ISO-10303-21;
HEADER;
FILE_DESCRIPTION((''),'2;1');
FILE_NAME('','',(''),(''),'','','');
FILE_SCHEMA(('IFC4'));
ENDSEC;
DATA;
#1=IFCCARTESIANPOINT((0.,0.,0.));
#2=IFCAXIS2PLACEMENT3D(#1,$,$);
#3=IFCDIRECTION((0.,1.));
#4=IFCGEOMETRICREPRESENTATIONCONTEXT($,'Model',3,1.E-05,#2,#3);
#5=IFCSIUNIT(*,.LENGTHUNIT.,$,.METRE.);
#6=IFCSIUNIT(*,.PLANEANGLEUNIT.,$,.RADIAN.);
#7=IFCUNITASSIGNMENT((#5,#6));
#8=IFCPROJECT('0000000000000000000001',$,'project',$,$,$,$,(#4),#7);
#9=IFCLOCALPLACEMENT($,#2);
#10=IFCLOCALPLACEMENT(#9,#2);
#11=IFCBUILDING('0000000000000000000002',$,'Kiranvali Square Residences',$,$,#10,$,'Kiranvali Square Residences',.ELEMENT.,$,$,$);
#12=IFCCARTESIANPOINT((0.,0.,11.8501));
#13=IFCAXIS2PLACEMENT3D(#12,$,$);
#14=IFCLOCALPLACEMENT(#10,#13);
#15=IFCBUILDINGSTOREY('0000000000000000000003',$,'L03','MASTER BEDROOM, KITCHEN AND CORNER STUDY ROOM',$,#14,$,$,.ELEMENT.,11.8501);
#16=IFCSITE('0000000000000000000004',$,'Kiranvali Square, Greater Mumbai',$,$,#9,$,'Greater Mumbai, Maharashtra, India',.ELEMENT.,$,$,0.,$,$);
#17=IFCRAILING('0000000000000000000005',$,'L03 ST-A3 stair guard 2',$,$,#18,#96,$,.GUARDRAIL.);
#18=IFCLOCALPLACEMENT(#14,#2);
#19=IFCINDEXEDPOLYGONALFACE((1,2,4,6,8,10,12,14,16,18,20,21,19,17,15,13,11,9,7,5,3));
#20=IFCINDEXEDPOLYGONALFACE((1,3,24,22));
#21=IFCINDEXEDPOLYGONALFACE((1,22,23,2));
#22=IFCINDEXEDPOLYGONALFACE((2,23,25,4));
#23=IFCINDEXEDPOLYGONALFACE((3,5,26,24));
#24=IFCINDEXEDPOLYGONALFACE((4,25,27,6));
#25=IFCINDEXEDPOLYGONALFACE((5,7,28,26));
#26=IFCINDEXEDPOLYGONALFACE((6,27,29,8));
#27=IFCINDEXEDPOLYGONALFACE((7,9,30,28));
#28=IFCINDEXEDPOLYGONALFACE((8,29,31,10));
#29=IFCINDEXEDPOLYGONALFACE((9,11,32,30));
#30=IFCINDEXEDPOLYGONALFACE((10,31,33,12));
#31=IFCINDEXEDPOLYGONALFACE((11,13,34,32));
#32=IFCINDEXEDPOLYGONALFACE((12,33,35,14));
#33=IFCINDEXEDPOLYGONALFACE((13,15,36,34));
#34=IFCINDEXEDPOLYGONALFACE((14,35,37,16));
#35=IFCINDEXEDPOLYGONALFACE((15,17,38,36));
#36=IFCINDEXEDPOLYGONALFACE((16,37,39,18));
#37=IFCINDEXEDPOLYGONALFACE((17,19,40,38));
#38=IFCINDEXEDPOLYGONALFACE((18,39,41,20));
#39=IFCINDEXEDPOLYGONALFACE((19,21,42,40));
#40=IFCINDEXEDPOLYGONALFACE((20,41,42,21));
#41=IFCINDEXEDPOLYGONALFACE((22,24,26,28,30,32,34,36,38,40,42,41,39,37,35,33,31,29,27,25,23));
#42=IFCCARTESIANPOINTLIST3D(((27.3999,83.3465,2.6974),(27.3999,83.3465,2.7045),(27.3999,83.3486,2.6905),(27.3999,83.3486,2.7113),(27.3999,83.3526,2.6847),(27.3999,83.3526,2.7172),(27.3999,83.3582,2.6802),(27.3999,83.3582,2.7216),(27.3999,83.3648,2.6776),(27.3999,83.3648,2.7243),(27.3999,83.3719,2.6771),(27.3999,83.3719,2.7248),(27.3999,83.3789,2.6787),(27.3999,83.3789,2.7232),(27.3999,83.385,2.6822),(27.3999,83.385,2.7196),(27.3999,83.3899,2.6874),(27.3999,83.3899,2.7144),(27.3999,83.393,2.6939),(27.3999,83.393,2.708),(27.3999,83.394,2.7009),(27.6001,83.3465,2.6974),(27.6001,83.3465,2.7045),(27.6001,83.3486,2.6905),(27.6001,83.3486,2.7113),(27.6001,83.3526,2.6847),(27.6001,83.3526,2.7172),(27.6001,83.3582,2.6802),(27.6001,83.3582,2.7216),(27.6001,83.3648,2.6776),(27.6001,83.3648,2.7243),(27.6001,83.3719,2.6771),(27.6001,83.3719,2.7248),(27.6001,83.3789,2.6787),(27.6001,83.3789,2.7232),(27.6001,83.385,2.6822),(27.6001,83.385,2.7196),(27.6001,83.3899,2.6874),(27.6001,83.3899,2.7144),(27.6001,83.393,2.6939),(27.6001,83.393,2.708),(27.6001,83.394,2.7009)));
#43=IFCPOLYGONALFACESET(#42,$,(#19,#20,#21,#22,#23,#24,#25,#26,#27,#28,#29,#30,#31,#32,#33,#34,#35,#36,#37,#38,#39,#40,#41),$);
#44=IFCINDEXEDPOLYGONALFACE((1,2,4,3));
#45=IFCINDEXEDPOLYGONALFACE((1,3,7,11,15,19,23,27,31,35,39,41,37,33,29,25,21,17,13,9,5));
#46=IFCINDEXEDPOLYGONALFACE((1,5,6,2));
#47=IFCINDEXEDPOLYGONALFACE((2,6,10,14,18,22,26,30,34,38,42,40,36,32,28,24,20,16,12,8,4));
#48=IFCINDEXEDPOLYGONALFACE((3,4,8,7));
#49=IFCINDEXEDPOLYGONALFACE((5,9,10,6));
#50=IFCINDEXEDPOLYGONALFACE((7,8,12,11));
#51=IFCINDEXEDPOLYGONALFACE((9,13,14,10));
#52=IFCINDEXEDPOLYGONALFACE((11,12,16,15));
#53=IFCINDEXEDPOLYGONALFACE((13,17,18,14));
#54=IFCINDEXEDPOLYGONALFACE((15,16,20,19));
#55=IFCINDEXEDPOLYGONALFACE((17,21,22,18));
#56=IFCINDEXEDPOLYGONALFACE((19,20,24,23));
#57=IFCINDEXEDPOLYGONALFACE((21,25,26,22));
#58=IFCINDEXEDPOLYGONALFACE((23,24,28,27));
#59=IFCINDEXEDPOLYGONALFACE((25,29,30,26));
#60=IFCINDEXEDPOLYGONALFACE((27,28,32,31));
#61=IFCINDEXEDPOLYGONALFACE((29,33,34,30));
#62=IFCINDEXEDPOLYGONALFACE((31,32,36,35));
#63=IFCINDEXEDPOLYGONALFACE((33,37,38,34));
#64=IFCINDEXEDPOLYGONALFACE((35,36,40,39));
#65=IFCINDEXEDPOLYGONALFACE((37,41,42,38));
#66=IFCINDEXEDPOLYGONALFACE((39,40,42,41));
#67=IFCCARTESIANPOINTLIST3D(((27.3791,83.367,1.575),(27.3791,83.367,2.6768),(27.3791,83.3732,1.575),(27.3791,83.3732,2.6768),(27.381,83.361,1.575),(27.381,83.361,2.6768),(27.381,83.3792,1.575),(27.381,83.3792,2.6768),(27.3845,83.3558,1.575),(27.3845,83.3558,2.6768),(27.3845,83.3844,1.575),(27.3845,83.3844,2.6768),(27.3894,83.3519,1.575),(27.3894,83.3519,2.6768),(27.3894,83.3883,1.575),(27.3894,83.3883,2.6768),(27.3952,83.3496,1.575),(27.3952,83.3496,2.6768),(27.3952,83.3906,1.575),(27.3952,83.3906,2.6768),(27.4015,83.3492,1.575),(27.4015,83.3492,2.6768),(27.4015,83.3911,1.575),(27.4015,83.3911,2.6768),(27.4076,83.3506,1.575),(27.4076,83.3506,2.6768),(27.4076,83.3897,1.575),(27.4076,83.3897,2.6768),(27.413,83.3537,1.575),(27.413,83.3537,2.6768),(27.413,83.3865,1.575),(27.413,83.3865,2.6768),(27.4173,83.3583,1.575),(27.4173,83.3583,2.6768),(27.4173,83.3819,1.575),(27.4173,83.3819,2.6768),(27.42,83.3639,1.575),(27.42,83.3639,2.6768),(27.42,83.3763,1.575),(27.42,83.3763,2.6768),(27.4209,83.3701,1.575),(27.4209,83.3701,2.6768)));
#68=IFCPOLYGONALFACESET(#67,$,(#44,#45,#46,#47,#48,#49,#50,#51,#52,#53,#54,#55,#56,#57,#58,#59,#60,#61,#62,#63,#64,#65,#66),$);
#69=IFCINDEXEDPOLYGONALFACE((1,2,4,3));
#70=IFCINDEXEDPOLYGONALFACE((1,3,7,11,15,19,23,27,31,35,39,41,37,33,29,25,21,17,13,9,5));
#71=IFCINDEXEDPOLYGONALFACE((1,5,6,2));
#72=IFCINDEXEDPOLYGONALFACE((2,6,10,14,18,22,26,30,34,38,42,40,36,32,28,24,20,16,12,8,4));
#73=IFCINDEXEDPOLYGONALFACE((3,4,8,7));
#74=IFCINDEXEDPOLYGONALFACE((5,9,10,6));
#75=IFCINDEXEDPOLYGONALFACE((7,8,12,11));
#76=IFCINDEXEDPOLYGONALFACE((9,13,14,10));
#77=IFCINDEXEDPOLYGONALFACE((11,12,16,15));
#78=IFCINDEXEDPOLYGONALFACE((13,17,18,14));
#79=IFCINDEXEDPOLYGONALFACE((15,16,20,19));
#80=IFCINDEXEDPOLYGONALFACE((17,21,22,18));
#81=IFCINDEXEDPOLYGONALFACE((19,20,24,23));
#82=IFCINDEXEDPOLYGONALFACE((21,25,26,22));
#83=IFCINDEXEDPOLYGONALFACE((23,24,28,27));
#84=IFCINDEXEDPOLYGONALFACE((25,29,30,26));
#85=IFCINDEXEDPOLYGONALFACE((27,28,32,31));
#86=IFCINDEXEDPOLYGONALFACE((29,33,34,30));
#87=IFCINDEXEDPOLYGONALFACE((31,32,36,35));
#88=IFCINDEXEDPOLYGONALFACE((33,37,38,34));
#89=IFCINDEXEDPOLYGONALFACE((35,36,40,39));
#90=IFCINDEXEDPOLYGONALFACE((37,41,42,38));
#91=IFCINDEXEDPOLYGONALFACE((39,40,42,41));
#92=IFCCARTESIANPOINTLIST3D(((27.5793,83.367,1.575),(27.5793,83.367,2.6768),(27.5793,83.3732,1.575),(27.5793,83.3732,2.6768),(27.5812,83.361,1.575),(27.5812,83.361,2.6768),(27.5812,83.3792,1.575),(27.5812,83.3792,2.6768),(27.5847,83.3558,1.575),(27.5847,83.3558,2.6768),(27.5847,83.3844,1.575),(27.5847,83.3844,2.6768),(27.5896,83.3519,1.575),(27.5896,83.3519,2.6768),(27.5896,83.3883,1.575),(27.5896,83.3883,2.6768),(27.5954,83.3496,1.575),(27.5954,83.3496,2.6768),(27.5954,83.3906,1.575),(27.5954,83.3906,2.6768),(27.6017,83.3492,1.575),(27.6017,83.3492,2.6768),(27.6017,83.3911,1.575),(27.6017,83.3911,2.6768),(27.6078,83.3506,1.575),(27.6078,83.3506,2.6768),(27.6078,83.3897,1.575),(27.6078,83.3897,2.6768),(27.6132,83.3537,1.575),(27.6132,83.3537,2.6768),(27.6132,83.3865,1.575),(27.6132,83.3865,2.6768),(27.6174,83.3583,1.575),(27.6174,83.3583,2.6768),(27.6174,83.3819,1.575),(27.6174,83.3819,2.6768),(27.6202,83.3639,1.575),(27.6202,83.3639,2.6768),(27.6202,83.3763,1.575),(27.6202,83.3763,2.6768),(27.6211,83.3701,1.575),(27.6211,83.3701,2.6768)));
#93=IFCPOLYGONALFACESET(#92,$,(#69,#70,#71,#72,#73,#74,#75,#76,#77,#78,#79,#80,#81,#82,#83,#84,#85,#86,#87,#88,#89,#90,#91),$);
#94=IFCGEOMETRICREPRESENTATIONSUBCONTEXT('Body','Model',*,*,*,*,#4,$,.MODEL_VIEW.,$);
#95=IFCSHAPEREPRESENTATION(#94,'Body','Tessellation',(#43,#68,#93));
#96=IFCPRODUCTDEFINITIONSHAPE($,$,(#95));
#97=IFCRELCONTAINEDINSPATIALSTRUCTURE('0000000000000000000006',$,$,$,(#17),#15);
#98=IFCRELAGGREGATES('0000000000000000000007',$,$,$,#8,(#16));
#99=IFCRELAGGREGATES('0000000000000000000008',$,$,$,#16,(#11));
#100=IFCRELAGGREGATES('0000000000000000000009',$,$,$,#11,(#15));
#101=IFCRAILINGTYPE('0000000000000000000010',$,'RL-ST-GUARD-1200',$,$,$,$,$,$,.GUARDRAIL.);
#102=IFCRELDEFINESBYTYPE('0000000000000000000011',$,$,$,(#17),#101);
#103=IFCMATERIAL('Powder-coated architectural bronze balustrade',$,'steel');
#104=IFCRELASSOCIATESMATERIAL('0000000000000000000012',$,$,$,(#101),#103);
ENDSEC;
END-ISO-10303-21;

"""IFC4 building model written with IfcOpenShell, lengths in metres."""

from ifc_helpers import new_model, si_unit, direction, frame, origin, origin_2d, place, context, subcontext, project, spatial, circle, extrude, material, type_object, element, save


model = new_model("IFC4")

# Units and contexts
model_context = context("Model", 3, precision=1e-05, world=origin(), true_north=direction((0.0, 1.0)))
body_context = subcontext(model_context, "Body", "Model", "MODEL_VIEW")
ifc_project = project(units=[si_unit("LENGTHUNIT", "METRE"), si_unit("PLANEANGLEUNIT", "RADIAN")], contexts=[model_context])

# Site, building, storey
site_placement = place(None, origin())
site = spatial("IfcSite", under=ifc_project, at=site_placement, Name="Kiranvali Square, Greater Mumbai", LongName="Greater Mumbai, Maharashtra, India", CompositionType="ELEMENT", RefElevation=0.0)
building_placement = place(site_placement, origin())
building = spatial("IfcBuilding", under=site, at=building_placement, Name="Kiranvali Square Residences", LongName="Kiranvali Square Residences", CompositionType="ELEMENT")
storey_placement = place(building_placement, frame((0.0, 0.0, 11.8501)))
storey = spatial("IfcBuildingStorey", under=building, at=storey_placement, Name="L03", Description="MASTER BEDROOM, KITCHEN AND CORNER STUDY ROOM", CompositionType="ELEMENT", Elevation=11.8501)

# Railing
ifc_material_1 = material(Name="Powder-coated architectural bronze balustrade", Category="steel")
railing_type_1 = type_object("IfcRailingType", Name="RL-ST-GUARD-1200", PredefinedType="GUARDRAIL", material=ifc_material_1)
railing_1_placement = place(storey_placement, frame((27.3999, 83.3701, 1.575)))
element("IfcRailing", 1, at=railing_1_placement, inside=storey, type_object=railing_type_1, Name="L03 ST-A3 stair guard 2", PredefinedType="GUARDRAIL", context=body_context, shape_type="SweptSolid", body=[
    extrude(circle(Radius=0.0239, at=origin_2d()), frame((0.0, 0.0, 1.126), z_axis=(1.0, 0.0, 0.0), x_axis=(0.0, 1.0, 0.0)), (0.0, 0.0, 1.0), 0.2002),
    extrude(circle(Radius=0.021, at=origin_2d()), origin(), (0.0, 0.0, 1.0), 1.1018),
    extrude(circle(Radius=0.021, at=origin_2d()), frame((0.2002, 0.0, 0.0)), (0.0, 0.0, 1.0), 1.1018),
])

save(model, "model.ifc")
